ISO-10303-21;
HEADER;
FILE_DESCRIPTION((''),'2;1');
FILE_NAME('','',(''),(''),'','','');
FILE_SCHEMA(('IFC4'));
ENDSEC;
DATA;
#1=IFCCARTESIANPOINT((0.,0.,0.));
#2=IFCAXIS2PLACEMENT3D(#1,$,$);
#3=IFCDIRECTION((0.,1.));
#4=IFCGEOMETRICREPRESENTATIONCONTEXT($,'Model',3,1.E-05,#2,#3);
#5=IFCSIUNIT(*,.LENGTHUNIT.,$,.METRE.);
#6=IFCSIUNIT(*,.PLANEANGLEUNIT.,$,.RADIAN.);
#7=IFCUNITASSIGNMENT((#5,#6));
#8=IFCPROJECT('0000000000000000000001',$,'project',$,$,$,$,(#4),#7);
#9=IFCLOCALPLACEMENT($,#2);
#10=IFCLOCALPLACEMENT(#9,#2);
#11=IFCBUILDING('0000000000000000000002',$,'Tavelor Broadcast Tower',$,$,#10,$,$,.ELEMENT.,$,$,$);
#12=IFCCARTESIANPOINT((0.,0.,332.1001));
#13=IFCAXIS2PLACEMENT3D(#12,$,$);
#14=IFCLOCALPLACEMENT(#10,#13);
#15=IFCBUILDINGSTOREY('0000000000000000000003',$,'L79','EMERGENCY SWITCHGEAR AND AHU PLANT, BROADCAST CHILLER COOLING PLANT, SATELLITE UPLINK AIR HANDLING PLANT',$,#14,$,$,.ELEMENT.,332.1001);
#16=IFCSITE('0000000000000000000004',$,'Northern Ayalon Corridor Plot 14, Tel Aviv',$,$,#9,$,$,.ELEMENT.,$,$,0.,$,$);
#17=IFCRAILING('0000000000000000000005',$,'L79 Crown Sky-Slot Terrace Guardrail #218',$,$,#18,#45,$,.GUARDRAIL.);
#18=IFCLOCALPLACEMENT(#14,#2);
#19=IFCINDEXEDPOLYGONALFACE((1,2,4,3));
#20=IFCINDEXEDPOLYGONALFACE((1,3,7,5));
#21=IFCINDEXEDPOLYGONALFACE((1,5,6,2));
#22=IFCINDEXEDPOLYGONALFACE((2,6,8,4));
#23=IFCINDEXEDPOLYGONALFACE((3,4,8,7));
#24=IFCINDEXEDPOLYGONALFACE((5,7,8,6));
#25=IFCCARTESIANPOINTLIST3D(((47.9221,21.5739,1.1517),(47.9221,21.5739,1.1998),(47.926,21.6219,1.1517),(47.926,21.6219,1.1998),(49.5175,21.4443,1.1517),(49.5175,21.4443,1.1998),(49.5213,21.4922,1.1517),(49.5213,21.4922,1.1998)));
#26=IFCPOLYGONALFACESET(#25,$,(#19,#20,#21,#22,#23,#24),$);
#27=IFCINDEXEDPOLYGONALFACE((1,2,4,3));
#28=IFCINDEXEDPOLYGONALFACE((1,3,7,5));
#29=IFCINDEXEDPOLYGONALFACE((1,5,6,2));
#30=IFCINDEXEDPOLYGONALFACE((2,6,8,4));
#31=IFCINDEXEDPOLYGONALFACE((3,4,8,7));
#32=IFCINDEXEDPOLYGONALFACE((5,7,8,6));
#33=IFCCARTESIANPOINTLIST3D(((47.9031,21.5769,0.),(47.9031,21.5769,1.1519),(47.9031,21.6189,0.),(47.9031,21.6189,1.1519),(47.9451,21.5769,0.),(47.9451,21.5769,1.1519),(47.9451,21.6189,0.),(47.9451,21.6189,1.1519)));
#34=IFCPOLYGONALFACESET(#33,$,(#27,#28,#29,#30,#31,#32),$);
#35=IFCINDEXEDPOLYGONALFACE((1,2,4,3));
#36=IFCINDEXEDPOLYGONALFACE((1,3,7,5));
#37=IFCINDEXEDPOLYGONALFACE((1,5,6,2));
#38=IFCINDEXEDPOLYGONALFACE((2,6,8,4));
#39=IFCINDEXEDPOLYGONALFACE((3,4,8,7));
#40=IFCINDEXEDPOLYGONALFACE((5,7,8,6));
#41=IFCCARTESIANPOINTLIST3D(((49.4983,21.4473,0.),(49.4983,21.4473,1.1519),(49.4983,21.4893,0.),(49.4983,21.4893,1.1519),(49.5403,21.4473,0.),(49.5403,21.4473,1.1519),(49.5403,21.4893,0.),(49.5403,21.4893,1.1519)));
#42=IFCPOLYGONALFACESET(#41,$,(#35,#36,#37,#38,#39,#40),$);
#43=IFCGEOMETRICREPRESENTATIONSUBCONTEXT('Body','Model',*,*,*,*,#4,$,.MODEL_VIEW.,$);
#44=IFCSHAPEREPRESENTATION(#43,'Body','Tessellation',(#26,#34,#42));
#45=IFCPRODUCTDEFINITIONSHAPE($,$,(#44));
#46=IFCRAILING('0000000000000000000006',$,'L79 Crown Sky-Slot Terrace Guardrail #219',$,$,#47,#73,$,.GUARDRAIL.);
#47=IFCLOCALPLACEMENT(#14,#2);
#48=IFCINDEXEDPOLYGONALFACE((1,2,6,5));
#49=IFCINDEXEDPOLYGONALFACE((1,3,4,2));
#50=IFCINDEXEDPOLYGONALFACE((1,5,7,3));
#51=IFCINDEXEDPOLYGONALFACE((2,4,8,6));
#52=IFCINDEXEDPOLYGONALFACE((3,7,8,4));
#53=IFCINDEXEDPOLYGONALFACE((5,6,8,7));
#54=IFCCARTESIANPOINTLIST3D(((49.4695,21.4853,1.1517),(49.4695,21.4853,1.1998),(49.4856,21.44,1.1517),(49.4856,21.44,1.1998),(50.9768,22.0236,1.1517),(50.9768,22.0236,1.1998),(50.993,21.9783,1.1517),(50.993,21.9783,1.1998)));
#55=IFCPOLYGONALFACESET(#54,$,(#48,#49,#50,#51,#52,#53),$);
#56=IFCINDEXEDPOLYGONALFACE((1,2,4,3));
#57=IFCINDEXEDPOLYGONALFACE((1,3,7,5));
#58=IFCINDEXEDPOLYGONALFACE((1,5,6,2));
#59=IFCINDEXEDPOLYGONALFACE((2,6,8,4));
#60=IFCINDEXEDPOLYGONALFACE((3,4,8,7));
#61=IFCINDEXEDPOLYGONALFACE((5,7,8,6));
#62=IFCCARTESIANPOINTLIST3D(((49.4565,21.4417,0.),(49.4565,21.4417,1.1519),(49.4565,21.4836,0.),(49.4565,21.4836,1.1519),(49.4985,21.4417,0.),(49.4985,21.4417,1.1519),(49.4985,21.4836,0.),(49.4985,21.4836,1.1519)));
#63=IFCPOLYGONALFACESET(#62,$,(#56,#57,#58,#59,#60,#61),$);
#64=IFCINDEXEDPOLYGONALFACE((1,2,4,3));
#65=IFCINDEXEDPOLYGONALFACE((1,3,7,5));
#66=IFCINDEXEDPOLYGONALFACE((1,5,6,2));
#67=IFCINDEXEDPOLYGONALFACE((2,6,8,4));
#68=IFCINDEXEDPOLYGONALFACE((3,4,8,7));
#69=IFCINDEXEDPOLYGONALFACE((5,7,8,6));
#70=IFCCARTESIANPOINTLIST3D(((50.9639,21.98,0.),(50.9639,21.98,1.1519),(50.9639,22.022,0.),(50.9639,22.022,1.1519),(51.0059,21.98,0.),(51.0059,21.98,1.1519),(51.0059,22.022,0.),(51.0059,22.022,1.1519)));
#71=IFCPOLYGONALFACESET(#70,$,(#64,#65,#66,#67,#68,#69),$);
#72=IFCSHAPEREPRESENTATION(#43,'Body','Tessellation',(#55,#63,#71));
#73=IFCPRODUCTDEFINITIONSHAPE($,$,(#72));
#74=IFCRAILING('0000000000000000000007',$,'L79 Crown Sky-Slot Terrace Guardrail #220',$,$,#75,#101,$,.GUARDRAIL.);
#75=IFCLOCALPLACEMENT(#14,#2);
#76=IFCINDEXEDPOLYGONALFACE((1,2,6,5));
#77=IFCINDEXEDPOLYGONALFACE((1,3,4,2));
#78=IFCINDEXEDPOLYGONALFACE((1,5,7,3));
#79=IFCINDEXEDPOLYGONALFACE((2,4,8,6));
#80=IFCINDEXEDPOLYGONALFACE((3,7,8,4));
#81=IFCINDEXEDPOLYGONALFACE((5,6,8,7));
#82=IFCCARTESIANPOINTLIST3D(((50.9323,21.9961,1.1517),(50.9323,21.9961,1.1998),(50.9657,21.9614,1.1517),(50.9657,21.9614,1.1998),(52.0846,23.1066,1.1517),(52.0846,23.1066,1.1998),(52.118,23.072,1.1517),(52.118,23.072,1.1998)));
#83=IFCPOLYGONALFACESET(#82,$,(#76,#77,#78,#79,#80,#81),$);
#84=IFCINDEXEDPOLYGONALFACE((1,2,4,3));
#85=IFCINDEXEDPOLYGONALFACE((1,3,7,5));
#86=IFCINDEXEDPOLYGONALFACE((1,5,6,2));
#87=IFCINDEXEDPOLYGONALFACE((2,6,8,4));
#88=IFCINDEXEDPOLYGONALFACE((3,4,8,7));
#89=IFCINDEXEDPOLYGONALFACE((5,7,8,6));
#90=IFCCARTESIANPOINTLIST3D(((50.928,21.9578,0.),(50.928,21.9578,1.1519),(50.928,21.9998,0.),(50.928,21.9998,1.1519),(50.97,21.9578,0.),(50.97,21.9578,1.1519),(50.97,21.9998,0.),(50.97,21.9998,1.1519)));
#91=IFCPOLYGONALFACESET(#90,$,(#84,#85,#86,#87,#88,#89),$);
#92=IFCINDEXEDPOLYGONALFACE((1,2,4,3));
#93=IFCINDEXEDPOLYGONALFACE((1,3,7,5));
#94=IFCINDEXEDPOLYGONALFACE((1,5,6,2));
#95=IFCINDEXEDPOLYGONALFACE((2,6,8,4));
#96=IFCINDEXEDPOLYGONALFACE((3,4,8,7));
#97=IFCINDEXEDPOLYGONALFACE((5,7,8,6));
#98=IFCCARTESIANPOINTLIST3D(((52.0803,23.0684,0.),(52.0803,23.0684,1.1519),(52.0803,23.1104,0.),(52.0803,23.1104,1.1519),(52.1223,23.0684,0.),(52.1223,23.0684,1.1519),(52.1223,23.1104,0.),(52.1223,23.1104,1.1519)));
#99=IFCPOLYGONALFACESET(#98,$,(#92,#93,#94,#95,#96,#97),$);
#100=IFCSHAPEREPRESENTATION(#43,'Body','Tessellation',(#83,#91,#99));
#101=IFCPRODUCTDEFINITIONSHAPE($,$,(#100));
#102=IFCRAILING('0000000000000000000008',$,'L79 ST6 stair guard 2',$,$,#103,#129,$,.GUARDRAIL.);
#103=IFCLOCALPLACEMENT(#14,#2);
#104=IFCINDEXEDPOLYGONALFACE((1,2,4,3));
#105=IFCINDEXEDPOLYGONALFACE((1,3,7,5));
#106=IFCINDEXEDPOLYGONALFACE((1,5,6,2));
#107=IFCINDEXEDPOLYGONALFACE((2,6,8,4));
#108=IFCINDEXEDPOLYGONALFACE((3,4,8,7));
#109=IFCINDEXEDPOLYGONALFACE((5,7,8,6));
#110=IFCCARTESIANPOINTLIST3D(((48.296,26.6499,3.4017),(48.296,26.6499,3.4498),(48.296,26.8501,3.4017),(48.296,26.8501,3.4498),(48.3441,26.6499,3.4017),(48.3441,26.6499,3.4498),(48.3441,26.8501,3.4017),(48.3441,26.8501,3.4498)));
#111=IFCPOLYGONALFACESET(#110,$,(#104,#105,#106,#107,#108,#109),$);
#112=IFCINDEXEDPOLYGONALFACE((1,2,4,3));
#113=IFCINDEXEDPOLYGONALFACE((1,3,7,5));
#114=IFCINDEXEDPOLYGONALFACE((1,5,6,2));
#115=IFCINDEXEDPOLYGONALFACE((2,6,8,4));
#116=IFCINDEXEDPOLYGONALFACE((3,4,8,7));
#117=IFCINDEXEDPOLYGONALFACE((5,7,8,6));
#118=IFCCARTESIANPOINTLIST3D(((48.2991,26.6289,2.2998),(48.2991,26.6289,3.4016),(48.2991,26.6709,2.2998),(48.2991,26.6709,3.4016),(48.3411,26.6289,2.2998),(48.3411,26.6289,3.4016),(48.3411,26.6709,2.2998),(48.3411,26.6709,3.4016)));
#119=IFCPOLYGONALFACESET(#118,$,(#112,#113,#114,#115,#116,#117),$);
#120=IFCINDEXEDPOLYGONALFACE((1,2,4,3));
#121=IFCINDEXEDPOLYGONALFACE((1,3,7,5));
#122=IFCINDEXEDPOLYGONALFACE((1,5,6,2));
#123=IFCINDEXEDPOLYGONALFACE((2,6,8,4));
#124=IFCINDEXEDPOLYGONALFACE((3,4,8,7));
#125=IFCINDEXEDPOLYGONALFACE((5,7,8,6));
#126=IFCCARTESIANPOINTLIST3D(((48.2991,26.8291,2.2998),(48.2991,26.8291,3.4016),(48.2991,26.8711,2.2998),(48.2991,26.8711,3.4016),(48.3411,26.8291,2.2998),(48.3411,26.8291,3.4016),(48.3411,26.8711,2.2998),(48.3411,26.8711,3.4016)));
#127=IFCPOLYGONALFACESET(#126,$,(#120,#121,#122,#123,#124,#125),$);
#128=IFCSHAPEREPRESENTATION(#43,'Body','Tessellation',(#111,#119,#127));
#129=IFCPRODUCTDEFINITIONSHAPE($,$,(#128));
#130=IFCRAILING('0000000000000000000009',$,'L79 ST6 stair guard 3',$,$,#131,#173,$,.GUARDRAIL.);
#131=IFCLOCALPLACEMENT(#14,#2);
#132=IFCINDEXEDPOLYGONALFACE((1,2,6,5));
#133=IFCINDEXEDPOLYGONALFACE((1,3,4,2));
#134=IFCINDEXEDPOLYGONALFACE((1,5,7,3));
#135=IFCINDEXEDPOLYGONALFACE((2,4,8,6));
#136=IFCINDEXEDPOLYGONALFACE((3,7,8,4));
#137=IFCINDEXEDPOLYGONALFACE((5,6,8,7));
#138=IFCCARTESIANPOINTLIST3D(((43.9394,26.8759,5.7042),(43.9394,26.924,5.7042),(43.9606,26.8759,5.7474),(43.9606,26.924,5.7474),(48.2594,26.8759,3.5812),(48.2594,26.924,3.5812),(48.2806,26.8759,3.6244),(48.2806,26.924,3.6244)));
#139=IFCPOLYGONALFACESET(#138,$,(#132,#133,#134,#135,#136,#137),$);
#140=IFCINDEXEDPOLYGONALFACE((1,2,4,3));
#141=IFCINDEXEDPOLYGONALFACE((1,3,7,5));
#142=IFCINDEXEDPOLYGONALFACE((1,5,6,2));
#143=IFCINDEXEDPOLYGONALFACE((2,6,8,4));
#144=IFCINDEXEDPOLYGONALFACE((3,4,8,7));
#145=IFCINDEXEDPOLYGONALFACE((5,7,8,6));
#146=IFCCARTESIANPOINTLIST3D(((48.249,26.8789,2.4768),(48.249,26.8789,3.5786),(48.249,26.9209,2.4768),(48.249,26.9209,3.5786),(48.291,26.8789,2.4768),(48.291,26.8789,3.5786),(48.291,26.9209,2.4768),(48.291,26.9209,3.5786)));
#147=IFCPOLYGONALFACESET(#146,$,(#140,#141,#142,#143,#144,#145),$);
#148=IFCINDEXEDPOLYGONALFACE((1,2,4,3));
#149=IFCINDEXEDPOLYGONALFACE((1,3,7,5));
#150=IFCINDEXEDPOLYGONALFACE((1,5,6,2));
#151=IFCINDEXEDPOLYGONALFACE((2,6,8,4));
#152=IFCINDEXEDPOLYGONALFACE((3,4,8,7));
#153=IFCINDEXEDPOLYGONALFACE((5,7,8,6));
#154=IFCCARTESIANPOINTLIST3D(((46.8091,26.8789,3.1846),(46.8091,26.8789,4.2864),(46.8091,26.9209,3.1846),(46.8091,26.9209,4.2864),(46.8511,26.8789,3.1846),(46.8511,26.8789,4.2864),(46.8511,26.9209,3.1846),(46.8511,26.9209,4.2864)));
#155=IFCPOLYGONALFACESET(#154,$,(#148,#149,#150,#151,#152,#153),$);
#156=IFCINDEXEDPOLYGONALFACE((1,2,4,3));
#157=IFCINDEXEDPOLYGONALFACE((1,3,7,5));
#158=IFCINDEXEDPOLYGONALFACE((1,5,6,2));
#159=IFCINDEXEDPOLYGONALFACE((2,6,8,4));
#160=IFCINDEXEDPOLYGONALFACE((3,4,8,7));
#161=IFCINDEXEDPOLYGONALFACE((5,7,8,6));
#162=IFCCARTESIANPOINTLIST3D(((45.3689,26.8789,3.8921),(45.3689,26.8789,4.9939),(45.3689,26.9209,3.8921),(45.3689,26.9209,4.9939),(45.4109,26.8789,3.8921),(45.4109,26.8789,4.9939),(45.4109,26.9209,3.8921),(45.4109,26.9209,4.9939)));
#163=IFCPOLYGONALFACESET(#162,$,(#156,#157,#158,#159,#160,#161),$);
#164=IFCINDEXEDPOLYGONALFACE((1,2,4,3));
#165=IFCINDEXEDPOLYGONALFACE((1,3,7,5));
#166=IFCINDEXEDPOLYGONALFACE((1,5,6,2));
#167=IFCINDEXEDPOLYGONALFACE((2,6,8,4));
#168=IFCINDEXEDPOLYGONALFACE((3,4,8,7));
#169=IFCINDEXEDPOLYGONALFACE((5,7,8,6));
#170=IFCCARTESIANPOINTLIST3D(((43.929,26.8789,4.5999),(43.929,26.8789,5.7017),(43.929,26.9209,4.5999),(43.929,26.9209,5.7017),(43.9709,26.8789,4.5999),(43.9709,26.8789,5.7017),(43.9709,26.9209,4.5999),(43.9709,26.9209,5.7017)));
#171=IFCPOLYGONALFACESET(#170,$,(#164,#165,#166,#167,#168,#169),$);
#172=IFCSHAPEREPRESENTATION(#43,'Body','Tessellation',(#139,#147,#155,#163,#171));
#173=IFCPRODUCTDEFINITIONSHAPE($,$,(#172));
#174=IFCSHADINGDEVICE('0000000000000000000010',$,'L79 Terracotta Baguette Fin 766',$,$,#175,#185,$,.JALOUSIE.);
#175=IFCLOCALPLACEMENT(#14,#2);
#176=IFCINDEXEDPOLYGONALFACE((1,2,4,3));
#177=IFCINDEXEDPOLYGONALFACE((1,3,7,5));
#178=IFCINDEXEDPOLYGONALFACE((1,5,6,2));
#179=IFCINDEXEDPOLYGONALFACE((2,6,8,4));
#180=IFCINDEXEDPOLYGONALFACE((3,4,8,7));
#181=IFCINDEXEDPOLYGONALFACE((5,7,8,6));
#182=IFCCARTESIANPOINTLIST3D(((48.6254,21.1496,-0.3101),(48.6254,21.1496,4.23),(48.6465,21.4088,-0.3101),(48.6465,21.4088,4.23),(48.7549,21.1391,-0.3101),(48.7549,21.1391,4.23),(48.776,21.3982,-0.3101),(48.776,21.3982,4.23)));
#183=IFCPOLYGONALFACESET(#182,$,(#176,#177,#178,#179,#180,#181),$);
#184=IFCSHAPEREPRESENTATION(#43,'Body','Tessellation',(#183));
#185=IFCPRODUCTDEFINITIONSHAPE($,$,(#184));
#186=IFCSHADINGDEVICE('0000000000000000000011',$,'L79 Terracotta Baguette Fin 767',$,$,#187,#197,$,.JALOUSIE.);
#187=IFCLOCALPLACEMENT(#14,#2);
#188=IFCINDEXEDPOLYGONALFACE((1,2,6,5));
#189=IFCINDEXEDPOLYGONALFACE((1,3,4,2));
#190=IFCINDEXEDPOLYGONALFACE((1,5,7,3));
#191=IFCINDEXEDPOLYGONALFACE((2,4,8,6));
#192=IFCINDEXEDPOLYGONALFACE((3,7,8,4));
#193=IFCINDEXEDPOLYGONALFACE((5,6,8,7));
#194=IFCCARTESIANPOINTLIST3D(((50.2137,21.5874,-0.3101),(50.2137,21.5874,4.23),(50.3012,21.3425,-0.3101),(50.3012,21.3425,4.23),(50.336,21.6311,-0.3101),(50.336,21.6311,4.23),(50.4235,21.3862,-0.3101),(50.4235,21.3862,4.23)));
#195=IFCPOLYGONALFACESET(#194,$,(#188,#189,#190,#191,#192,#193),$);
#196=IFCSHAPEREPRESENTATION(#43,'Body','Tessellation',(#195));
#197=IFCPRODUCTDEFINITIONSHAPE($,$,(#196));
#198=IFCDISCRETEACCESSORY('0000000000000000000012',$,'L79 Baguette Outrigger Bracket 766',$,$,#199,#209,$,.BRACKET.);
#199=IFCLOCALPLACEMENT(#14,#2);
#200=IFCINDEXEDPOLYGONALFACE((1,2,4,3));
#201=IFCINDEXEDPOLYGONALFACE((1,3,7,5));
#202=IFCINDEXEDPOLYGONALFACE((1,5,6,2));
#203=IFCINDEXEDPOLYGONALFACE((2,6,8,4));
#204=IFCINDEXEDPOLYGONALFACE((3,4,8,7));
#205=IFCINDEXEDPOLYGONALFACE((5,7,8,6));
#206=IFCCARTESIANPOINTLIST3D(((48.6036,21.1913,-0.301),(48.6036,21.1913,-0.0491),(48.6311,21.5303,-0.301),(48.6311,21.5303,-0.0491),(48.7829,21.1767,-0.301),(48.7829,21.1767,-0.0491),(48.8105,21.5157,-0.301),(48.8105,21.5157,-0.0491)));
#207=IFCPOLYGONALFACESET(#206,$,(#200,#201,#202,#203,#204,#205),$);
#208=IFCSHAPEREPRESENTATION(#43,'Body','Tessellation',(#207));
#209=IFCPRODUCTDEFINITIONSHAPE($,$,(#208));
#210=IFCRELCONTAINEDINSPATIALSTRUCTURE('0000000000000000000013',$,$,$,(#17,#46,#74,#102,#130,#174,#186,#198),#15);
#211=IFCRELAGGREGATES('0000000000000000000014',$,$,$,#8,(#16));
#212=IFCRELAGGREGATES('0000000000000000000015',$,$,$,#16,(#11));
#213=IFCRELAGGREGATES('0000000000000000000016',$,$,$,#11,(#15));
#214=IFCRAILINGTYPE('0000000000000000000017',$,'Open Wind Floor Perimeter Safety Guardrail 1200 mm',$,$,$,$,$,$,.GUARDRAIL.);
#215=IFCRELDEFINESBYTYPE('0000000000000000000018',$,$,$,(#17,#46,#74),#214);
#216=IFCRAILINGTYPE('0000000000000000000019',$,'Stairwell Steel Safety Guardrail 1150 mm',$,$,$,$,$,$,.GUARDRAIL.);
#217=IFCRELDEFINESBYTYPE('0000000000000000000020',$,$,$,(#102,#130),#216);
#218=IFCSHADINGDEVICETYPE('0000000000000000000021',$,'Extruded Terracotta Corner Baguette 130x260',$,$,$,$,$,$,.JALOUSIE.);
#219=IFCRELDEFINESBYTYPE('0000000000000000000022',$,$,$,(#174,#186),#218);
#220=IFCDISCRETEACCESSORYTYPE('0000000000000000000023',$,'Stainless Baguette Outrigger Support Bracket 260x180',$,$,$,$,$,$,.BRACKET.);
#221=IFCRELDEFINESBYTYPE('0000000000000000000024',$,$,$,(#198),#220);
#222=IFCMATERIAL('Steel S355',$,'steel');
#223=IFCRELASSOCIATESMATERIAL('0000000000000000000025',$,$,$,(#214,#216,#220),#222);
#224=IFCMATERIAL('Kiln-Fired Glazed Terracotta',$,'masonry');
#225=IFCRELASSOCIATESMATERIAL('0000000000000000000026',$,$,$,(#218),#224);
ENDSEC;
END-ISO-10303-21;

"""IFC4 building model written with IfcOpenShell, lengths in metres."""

from ifc_helpers import new_model, si_unit, direction, frame, origin, origin_2d, place, context, subcontext, project, spatial, rectangle, extrude, source, transform, mapped, material, type_object, type_shapes, element, save


model = new_model("IFC4")

# Units and contexts
model_context = context("Model", 3, precision=1e-05, world=origin(), true_north=direction((0.0, 1.0)))
body_context = subcontext(model_context, "Body", "Model", "MODEL_VIEW")
ifc_project = project(units=[si_unit("LENGTHUNIT", "METRE"), si_unit("PLANEANGLEUNIT", "RADIAN")], contexts=[model_context])

# Site, building, storey
site_placement = place(None, origin())
site = spatial("IfcSite", under=ifc_project, at=site_placement, Name="Northern Ayalon Corridor Plot 14, Tel Aviv", CompositionType="ELEMENT", RefElevation=0.0)
building_placement = place(site_placement, origin())
building = spatial("IfcBuilding", under=site, at=building_placement, Name="Tavelor Broadcast Tower", CompositionType="ELEMENT")
storey_placement = place(building_placement, frame((0.0, 0.0, 332.1001)))
storey = spatial("IfcBuildingStorey", under=building, at=storey_placement, Name="L79", Description="EMERGENCY SWITCHGEAR AND AHU PLANT, BROADCAST CHILLER COOLING PLANT, SATELLITE UPLINK AIR HANDLING PLANT", CompositionType="ELEMENT", Elevation=332.1001)

# Shared definitions
ifc_material_1 = material(Name="Steel S355", Category="steel")

# Railings
railing_type_1 = type_object("IfcRailingType", Name="Open Wind Floor Perimeter Safety Guardrail 1200 mm", PredefinedType="GUARDRAIL", material=ifc_material_1)
railing_1_placement = place(storey_placement, frame((47.9241, 21.5979, 0.0)))
element("IfcRailing", 1, at=railing_1_placement, inside=storey, type_object=railing_type_1, Name="L79 Crown Sky-Slot Terrace Guardrail #218", PredefinedType="GUARDRAIL", context=body_context, shape_type="SweptSolid", body=[
    extrude(rectangle(XDim=0.0481, YDim=0.0481, at=origin_2d()), frame((0.0, 0.0, 1.1758), z_axis=(0.996714, -0.081, 0.0), x_axis=(0.081, 0.996714, 0.0)), (0.0, 0.0, 1.0), 1.6006),
    extrude(rectangle(XDim=0.042, YDim=0.042, at=origin_2d()), origin(), (0.0, 0.0, 1.0), 1.1519),
    extrude(rectangle(XDim=0.042, YDim=0.042, at=origin_2d()), frame((1.5952, -0.1296, 0.0)), (0.0, 0.0, 1.0), 1.1519),
])
railing_2_placement = place(storey_placement, frame((49.4775, 21.4626, 0.0)))
element("IfcRailing", 2, at=railing_2_placement, inside=storey, type_object=railing_type_1, Name="L79 Crown Sky-Slot Terrace Guardrail #219", PredefinedType="GUARDRAIL", context=body_context, shape_type="SweptSolid", body=[
    extrude(rectangle(XDim=0.0481, YDim=0.0481, at=origin_2d()), frame((0.0, 0.0, 1.1758), z_axis=(0.941742, 0.336336, 0.0), x_axis=(-0.336336, 0.941742, 0.0)), (0.0, 0.0, 1.0), 1.6006),
    extrude(rectangle(XDim=0.042, YDim=0.042, at=origin_2d()), origin(), (0.0, 0.0, 1.0), 1.1519),
    extrude(rectangle(XDim=0.042, YDim=0.042, at=origin_2d()), frame((1.5073, 0.5383, 0.0)), (0.0, 0.0, 1.0), 1.1519),
])
railing_3_placement = place(storey_placement, frame((50.949, 21.9788, 0.0)))
element("IfcRailing", 3, at=railing_3_placement, inside=storey, type_object=railing_type_1, Name="L79 Crown Sky-Slot Terrace Guardrail #220", PredefinedType="GUARDRAIL", context=body_context, shape_type="SweptSolid", body=[
    extrude(rectangle(XDim=0.0481, YDim=0.0481, at=origin_2d()), frame((0.0, 0.0, 1.1758), z_axis=(0.720029, 0.693944, 0.0), x_axis=(-0.693944, 0.720029, 0.0)), (0.0, 0.0, 1.0), 1.6003),
    extrude(rectangle(XDim=0.042, YDim=0.042, at=origin_2d()), origin(), (0.0, 0.0, 1.0), 1.1519),
    extrude(rectangle(XDim=0.042, YDim=0.042, at=origin_2d()), frame((1.1523, 1.1106, 0.0)), (0.0, 0.0, 1.0), 1.1519),
])
railing_type_2 = type_object("IfcRailingType", Name="Stairwell Steel Safety Guardrail 1150 mm", PredefinedType="GUARDRAIL", material=ifc_material_1)
railing_4_placement = place(storey_placement, frame((48.3201, 26.6499, 2.2998)))
element("IfcRailing", 4, at=railing_4_placement, inside=storey, type_object=railing_type_2, Name="L79 ST6 stair guard 2", PredefinedType="GUARDRAIL", context=body_context, shape_type="SweptSolid", body=[
    extrude(rectangle(XDim=0.0481, YDim=0.0481, at=origin_2d()), frame((0.0, 0.0, 1.126), z_axis=(0.0, 1.0, 0.0), x_axis=(-1.0, 0.0, 0.0)), (0.0, 0.0, 1.0), 0.2002),
    extrude(rectangle(XDim=0.042, YDim=0.042, at=origin_2d()), origin(), (0.0, 0.0, 1.0), 1.1018),
    extrude(rectangle(XDim=0.042, YDim=0.042, at=origin_2d()), frame((0.0, 0.2002, 0.0)), (0.0, 0.0, 1.0), 1.1018),
])
railing_5_placement = place(storey_placement, frame((48.27, 26.8999, 2.4768)))
element("IfcRailing", 5, at=railing_5_placement, inside=storey, type_object=railing_type_2, Name="L79 ST6 stair guard 3", PredefinedType="GUARDRAIL", context=body_context, shape_type="SweptSolid", body=[
    extrude(rectangle(XDim=0.0481, YDim=0.0481, at=origin_2d()), frame((0.0, 0.0, 1.126), z_axis=(-0.89748, 0.0, 0.441056), x_axis=(0.0, -1.0, 0.0)), (0.0, 0.0, 1.0), 4.8135),
    extrude(rectangle(XDim=0.042, YDim=0.042, at=origin_2d()), origin(), (0.0, 0.0, 1.0), 1.1018),
    extrude(rectangle(XDim=0.042, YDim=0.042, at=origin_2d()), frame((-1.4399, 0.0, 0.7078)), (0.0, 0.0, 1.0), 1.1018),
    extrude(rectangle(XDim=0.042, YDim=0.042, at=origin_2d()), frame((-2.8801, 0.0, 1.4153)), (0.0, 0.0, 1.0), 1.1018),
    extrude(rectangle(XDim=0.042, YDim=0.042, at=origin_2d()), frame((-4.3201, 0.0, 2.123)), (0.0, 0.0, 1.0), 1.1018),
])

# Shading devices
ifc_material_2 = material(Name="Kiln-Fired Glazed Terracotta", Category="masonry")
shading_device_type = type_object("IfcShadingDeviceType", Name="Extruded Terracotta Corner Baguette 130x260", PredefinedType="JALOUSIE", material=ifc_material_2)
shared_shape_1 = source(origin(), body_context, "Body", "SweptSolid", [
    extrude(rectangle(XDim=0.1299, YDim=0.26, at=origin_2d()), origin(), (0.0, 0.0, 1.0), 4.54),
])
type_shapes(shading_device_type, [shared_shape_1])
for number, where, z_axis, x_axis, name in (
    (6, (48.7007, 21.2739, -0.3101), (0.0, 0.0, 1.0), (0.996709, -0.081069, 0.0), "L79 Terracotta Baguette Fin 766"),
    (7, (50.3186, 21.4868, -0.3101), (0.0, 0.0, 1.0), (0.941764, 0.336274, 0.0), "L79 Terracotta Baguette Fin 767"),
):
    element("IfcShadingDevice", number, at=place(storey_placement, frame(where, z_axis=z_axis, x_axis=x_axis)), inside=storey, type_object=shading_device_type, Name=name, PredefinedType="JALOUSIE", context=body_context, shape_type="MappedRepresentation", body=[
        mapped(shared_shape_1, transform((0.0, 0.0, 0.0), scale=1.0)),
    ])

# Discrete accessory
discrete_accessory_type = type_object("IfcDiscreteAccessoryType", Name="Stainless Baguette Outrigger Support Bracket 260x180", PredefinedType="BRACKET", material=ifc_material_1)
shared_shape_2 = source(origin(), body_context, "Body", "SweptSolid", [
    extrude(rectangle(XDim=0.1799, YDim=0.3401, at=origin_2d()), origin(), (0.0, 0.0, 1.0), 0.252),
])
type_shapes(discrete_accessory_type, [shared_shape_2])
for number, where, z_axis, x_axis, name in (
    (8, (48.707, 21.3535, -0.301), (0.0, 0.0, 1.0), (0.996709, -0.081069, 0.0), "L79 Baguette Outrigger Bracket 766"),
):
    element("IfcDiscreteAccessory", number, at=place(storey_placement, frame(where, z_axis=z_axis, x_axis=x_axis)), inside=storey, type_object=discrete_accessory_type, Name=name, PredefinedType="BRACKET", context=body_context, shape_type="MappedRepresentation", body=[
        mapped(shared_shape_2, transform((0.0, 0.0, 0.0), scale=1.0)),
    ])

save(model, "model.ifc")
